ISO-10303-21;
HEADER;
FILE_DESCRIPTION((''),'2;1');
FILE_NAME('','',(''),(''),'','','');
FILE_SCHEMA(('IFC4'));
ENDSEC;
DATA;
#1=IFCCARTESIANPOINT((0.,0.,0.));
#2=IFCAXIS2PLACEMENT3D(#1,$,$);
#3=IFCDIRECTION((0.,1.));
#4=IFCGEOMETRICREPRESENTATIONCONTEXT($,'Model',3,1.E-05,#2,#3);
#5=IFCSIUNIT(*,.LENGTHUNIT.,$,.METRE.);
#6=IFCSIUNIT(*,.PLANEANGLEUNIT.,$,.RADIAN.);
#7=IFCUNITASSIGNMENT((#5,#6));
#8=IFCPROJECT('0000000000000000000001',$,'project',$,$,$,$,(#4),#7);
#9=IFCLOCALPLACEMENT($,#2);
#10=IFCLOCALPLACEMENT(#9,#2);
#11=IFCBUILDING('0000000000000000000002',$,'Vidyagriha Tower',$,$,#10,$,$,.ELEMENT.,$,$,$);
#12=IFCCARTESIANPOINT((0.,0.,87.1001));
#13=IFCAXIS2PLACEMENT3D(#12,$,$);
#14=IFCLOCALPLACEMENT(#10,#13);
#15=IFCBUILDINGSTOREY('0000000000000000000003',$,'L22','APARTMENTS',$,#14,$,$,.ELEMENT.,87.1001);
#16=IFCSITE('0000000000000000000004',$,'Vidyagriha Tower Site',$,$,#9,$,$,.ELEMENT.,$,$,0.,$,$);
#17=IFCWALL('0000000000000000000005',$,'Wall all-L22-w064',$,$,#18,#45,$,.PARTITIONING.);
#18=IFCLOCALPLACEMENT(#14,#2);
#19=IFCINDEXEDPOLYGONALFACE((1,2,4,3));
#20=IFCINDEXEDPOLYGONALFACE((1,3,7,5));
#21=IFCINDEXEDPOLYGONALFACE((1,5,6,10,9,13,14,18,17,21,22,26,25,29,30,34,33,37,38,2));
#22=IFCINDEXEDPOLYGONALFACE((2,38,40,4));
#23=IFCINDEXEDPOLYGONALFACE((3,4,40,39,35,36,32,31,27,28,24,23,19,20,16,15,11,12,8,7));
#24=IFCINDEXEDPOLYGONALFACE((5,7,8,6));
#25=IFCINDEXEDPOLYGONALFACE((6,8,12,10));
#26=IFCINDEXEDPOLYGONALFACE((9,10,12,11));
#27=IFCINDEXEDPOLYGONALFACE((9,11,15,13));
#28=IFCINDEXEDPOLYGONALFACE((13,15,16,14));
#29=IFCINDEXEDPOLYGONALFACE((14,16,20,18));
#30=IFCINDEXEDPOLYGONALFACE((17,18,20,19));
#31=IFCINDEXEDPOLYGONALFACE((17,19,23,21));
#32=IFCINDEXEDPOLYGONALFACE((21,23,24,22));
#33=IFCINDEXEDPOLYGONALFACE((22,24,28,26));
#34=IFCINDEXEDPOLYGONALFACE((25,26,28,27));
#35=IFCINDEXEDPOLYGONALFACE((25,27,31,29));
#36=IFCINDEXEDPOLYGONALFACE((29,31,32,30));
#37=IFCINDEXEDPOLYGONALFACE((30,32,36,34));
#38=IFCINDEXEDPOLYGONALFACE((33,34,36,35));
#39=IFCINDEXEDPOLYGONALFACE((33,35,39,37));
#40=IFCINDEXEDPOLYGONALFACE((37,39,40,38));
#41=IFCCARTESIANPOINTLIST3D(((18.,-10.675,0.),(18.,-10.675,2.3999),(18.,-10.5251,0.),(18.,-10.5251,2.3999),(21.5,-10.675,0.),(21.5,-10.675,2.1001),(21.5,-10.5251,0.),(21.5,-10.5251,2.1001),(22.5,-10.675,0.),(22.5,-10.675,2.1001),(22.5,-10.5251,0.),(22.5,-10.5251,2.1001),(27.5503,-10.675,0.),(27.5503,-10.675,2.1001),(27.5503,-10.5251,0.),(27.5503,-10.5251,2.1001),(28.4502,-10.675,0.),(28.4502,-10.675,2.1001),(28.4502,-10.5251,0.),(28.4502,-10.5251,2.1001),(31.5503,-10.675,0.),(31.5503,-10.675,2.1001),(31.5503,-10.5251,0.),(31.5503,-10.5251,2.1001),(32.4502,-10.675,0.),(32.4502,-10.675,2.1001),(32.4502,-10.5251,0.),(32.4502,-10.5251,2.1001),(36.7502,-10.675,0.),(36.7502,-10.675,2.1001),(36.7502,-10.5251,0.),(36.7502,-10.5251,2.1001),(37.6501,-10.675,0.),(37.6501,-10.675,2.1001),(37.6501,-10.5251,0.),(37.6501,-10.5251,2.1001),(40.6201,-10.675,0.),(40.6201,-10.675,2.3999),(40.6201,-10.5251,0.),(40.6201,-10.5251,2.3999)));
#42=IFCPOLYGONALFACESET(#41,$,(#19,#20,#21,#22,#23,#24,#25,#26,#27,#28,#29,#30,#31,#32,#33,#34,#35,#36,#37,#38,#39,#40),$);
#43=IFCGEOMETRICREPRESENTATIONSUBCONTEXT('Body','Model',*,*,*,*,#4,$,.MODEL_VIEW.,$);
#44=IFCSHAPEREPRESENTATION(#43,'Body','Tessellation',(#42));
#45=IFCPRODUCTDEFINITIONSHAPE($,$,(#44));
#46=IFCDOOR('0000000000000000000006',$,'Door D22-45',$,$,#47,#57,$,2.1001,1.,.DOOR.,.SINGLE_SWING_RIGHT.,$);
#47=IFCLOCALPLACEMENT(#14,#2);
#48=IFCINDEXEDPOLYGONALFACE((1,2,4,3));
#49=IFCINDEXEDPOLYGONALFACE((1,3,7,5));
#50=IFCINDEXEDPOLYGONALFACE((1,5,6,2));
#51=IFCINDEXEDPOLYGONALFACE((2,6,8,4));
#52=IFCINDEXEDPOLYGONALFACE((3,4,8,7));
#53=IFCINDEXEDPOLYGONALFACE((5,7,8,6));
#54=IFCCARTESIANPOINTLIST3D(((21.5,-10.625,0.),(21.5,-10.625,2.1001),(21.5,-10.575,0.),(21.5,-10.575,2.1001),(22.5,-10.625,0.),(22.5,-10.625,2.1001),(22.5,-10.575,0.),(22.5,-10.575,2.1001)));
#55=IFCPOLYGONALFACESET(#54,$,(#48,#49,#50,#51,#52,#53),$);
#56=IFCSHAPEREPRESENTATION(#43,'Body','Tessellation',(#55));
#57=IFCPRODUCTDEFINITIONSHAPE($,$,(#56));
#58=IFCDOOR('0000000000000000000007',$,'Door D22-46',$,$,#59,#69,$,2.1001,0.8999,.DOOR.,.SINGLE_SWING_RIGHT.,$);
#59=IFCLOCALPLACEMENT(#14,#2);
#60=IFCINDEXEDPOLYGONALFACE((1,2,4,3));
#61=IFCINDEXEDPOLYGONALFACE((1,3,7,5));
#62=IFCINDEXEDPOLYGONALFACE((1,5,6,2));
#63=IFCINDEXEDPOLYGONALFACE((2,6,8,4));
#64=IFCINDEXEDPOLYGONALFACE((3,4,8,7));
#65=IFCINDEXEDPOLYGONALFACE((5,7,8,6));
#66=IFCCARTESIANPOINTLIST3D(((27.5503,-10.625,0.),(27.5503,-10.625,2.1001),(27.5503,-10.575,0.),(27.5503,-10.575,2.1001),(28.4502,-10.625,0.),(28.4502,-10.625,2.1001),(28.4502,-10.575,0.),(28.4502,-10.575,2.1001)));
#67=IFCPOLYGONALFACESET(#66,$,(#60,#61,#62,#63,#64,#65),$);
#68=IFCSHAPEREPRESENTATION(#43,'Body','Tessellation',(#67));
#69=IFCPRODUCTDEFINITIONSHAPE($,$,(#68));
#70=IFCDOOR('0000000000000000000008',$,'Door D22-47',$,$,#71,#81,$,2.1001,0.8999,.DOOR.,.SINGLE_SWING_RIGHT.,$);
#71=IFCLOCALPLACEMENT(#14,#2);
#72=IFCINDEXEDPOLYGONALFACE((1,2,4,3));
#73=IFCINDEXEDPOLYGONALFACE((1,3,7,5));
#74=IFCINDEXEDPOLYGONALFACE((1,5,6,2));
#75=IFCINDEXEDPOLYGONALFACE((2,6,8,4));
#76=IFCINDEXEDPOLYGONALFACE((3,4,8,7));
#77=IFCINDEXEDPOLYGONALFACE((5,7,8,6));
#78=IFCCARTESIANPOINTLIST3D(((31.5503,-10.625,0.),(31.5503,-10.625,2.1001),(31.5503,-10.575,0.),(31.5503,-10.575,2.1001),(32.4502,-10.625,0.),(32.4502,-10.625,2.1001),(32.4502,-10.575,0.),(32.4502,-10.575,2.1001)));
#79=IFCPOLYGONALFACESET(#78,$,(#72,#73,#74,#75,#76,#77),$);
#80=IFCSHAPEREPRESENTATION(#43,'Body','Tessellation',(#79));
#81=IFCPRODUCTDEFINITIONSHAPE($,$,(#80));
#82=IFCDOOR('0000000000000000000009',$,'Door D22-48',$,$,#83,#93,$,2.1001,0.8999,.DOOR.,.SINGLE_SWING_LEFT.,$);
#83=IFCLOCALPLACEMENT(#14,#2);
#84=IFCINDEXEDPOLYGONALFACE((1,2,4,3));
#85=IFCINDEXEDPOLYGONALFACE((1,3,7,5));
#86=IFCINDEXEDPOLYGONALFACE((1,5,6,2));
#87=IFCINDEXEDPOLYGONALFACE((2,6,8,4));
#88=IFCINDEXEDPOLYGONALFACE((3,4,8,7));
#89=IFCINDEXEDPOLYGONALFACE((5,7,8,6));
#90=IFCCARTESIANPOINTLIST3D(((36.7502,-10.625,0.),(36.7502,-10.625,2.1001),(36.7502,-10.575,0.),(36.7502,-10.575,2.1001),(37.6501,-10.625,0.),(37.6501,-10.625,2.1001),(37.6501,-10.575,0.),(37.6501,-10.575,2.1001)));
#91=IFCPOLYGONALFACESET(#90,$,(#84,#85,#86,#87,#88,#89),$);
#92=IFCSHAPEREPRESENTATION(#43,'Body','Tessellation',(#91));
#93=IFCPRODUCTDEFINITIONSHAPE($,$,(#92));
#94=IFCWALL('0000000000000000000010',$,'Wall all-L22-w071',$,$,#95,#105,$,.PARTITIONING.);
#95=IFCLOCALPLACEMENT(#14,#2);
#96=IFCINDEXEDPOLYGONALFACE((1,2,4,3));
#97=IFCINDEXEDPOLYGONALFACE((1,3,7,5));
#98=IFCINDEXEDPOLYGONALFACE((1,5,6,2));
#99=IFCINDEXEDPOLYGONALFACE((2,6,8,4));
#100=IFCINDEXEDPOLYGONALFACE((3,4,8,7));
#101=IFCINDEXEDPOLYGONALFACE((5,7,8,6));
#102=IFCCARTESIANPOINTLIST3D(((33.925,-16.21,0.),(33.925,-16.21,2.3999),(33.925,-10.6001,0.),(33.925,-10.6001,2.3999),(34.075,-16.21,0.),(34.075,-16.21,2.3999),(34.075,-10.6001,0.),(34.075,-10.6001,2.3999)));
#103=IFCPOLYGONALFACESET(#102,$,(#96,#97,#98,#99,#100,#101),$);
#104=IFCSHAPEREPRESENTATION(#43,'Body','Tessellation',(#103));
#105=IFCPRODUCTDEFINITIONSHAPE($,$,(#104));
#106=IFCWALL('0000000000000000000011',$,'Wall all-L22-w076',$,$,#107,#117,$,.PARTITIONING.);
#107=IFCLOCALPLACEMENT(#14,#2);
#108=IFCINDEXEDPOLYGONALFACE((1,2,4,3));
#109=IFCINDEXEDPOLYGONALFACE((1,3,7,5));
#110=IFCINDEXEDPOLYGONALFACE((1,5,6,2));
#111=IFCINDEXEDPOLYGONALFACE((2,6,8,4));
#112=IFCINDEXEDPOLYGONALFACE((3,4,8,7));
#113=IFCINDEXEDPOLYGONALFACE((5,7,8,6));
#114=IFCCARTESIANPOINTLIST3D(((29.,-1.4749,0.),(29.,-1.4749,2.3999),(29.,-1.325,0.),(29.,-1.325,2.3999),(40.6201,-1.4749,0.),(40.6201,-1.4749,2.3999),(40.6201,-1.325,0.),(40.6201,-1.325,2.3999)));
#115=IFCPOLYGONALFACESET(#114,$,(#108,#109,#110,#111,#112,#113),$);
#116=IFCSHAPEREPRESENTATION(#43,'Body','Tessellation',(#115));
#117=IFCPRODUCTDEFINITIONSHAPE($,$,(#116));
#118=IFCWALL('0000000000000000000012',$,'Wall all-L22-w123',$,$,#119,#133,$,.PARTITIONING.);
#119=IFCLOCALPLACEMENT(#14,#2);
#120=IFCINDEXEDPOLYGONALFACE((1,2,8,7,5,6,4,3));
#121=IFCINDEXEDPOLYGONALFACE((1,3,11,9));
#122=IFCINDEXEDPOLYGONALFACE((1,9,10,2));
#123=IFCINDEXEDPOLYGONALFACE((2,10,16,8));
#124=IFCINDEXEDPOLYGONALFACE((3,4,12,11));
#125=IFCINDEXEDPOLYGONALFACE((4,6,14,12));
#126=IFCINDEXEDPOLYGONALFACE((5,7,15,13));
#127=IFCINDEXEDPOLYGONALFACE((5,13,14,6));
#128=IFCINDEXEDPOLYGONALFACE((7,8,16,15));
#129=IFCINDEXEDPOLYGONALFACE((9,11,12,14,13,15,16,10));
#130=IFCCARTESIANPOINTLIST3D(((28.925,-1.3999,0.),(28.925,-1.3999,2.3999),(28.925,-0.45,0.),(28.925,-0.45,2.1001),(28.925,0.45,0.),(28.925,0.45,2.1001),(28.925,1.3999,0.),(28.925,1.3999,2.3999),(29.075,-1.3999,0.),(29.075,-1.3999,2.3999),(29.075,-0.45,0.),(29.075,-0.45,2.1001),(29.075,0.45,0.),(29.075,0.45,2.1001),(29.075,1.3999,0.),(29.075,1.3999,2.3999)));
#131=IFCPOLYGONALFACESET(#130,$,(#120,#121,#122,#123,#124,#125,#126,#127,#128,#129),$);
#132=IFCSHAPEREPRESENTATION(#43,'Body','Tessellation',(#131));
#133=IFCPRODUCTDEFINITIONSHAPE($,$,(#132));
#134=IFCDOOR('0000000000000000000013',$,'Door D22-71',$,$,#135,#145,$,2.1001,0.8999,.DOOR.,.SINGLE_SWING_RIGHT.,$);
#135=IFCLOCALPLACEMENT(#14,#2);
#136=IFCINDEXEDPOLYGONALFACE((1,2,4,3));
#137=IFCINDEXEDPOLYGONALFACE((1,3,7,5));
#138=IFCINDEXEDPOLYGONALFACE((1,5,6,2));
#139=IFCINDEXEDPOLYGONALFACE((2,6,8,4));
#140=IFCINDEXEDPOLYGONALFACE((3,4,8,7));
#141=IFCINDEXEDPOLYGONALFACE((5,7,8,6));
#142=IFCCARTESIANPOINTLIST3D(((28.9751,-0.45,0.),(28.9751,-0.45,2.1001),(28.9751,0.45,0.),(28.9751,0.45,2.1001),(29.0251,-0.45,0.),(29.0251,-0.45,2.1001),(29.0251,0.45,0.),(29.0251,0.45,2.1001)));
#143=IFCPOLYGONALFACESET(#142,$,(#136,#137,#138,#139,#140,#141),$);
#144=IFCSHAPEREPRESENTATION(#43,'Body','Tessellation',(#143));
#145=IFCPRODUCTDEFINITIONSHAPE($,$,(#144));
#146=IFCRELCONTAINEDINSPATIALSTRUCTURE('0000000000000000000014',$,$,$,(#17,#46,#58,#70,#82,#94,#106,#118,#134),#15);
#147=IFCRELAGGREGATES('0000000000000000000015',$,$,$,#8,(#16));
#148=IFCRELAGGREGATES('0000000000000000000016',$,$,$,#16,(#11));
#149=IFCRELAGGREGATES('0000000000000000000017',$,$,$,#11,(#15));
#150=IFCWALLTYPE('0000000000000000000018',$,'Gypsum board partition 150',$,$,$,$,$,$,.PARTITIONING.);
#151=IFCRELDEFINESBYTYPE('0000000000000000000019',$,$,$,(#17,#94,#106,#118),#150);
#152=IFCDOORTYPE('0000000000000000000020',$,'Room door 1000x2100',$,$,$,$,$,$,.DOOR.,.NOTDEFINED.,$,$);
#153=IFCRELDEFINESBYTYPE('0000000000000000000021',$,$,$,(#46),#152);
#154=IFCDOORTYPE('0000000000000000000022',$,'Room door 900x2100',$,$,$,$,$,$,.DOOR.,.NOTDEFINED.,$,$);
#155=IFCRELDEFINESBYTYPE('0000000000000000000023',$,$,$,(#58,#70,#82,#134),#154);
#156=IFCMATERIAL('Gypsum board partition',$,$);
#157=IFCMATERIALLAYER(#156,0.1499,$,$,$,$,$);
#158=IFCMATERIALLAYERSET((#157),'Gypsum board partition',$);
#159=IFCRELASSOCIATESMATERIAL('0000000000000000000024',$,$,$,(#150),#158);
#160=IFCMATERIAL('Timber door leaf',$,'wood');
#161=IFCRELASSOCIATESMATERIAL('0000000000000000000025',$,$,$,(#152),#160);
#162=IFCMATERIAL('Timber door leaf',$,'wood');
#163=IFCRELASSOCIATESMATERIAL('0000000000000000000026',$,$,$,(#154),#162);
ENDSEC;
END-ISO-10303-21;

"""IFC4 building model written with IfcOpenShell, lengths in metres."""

from ifc_helpers import new_model, si_unit, direction, frame, frame_2d, origin, place, context, subcontext, project, spatial, rectangle, extrude, material, layer, layer_set, type_object, element, fill, save


model = new_model("IFC4")

# Units and contexts
model_context = context("Model", 3, precision=1e-05, world=origin(), true_north=direction((0.0, 1.0)))
body_context = subcontext(model_context, "Body", "Model", "MODEL_VIEW")
ifc_project = project(units=[si_unit("LENGTHUNIT", "METRE"), si_unit("PLANEANGLEUNIT", "RADIAN")], contexts=[model_context])

# Site, building, storey
site_placement = place(None, origin())
site = spatial("IfcSite", under=ifc_project, at=site_placement, Name="Vidyagriha Tower Site", CompositionType="ELEMENT", RefElevation=0.0)
building_placement = place(site_placement, origin())
building = spatial("IfcBuilding", under=site, at=building_placement, Name="Vidyagriha Tower", CompositionType="ELEMENT")
storey_placement = place(building_placement, frame((0.0, 0.0, 87.1001)))
storey = spatial("IfcBuildingStorey", under=building, at=storey_placement, Name="L22", Description="APARTMENTS", CompositionType="ELEMENT", Elevation=87.1001)

# Shared definitions
ifc_material_1 = material(Name="Gypsum board partition")
ifc_layer_1 = layer(ifc_material_1, 0.1499)
ifc_layer_set_1 = layer_set([ifc_layer_1], Name="Gypsum board partition")
wall_type_1 = type_object("IfcWallType", Name="Gypsum board partition 150", PredefinedType="PARTITIONING", material=ifc_layer_set_1)

# Wall, openings, doors
wall_1_placement = place(storey_placement, frame((40.6201, -10.6001, 0.0), z_axis=(0.0, 0.0, 1.0), x_axis=(-1.0, 0.0, 0.0)))
wall_1 = element("IfcWall", 1, at=wall_1_placement, inside=storey, type_object=wall_type_1, Name="Wall all-L22-w064", PredefinedType="PARTITIONING", context=body_context, shape_type="SweptSolid", body=[
    extrude(rectangle(XDim=22.6201, YDim=0.1499, at=frame_2d((11.3101, 0.0))), origin(), (0.0, 0.0, 1.0), 2.3999),
])
opening_1_placement = place(wall_1_placement, frame((18.1201, 0.0, 0.0)))
opening_1 = element("IfcOpeningElement", 2, at=opening_1_placement, cuts=wall_1, PredefinedType="OPENING", context=body_context, shape_type="SweptSolid", body=[
    extrude(rectangle(XDim=1.0, YDim=2.1001, at=frame_2d((0.5, 1.05))), frame((0.0, 0.085, 0.0), z_axis=(0.0, -1.0, 0.0), x_axis=(1.0, 0.0, 0.0)), (0.0, 0.0, 1.0), 0.1699),
])
opening_2_placement = place(wall_1_placement, frame((12.1699, 0.0, 0.0)))
opening_2 = element("IfcOpeningElement", 3, at=opening_2_placement, cuts=wall_1, PredefinedType="OPENING", context=body_context, shape_type="SweptSolid", body=[
    extrude(rectangle(XDim=0.8999, YDim=2.1001, at=frame_2d((0.45, 1.05))), frame((0.0, 0.085, 0.0), z_axis=(0.0, -1.0, 0.0), x_axis=(1.0, 0.0, 0.0)), (0.0, 0.0, 1.0), 0.1699),
])
opening_3_placement = place(wall_1_placement, frame((8.1699, 0.0, 0.0)))
opening_3 = element("IfcOpeningElement", 4, at=opening_3_placement, cuts=wall_1, PredefinedType="OPENING", context=body_context, shape_type="SweptSolid", body=[
    extrude(rectangle(XDim=0.8999, YDim=2.1001, at=frame_2d((0.45, 1.05))), frame((0.0, 0.085, 0.0), z_axis=(0.0, -1.0, 0.0), x_axis=(1.0, 0.0, 0.0)), (0.0, 0.0, 1.0), 0.1699),
])
opening_4_placement = place(wall_1_placement, frame((2.97, 0.0, 0.0)))
opening_4 = element("IfcOpeningElement", 5, at=opening_4_placement, cuts=wall_1, PredefinedType="OPENING", context=body_context, shape_type="SweptSolid", body=[
    extrude(rectangle(XDim=0.8999, YDim=2.1001, at=frame_2d((0.45, 1.05))), frame((0.0, 0.085, 0.0), z_axis=(0.0, -1.0, 0.0), x_axis=(1.0, 0.0, 0.0)), (0.0, 0.0, 1.0), 0.1699),
])
ifc_material_2 = material(Name="Timber door leaf", Category="wood")
door_type_1 = type_object("IfcDoorType", Name="Room door 1000x2100", OperationType="NOTDEFINED", PredefinedType="DOOR", material=ifc_material_2)
door_1_placement = place(opening_1_placement, origin())
door_1 = element("IfcDoor", 6, at=door_1_placement, inside=storey, type_object=door_type_1, Name="Door D22-45", OperationType="SINGLE_SWING_RIGHT", OverallHeight=2.1001, OverallWidth=1.0, PredefinedType="DOOR", context=body_context, shape_type="SweptSolid", body=[
    extrude(rectangle(XDim=1.0, YDim=2.1001, at=frame_2d((0.5, 1.05))), frame((0.0, 0.0249, 0.0), z_axis=(0.0, -1.0, 0.0), x_axis=(1.0, 0.0, 0.0)), (0.0, 0.0, 1.0), 0.05),
])
fill(opening_1, door_1)
ifc_material_3 = material(Name="Timber door leaf", Category="wood")
door_type_2 = type_object("IfcDoorType", Name="Room door 900x2100", OperationType="NOTDEFINED", PredefinedType="DOOR", material=ifc_material_3)
door_2_placement = place(opening_2_placement, origin())
door_2 = element("IfcDoor", 7, at=door_2_placement, inside=storey, type_object=door_type_2, Name="Door D22-46", OperationType="SINGLE_SWING_RIGHT", OverallHeight=2.1001, OverallWidth=0.8999, PredefinedType="DOOR", context=body_context, shape_type="SweptSolid", body=[
    extrude(rectangle(XDim=0.8999, YDim=2.1001, at=frame_2d((0.45, 1.05))), frame((0.0, 0.0249, 0.0), z_axis=(0.0, -1.0, 0.0), x_axis=(1.0, 0.0, 0.0)), (0.0, 0.0, 1.0), 0.05),
])
fill(opening_2, door_2)
door_3_placement = place(opening_3_placement, origin())
door_3 = element("IfcDoor", 8, at=door_3_placement, inside=storey, type_object=door_type_2, Name="Door D22-47", OperationType="SINGLE_SWING_RIGHT", OverallHeight=2.1001, OverallWidth=0.8999, PredefinedType="DOOR", context=body_context, shape_type="SweptSolid", body=[
    extrude(rectangle(XDim=0.8999, YDim=2.1001, at=frame_2d((0.45, 1.05))), frame((0.0, 0.0249, 0.0), z_axis=(0.0, -1.0, 0.0), x_axis=(1.0, 0.0, 0.0)), (0.0, 0.0, 1.0), 0.05),
])
fill(opening_3, door_3)
door_4_placement = place(opening_4_placement, origin())
door_4 = element("IfcDoor", 9, at=door_4_placement, inside=storey, type_object=door_type_2, Name="Door D22-48", OperationType="SINGLE_SWING_LEFT", OverallHeight=2.1001, OverallWidth=0.8999, PredefinedType="DOOR", context=body_context, shape_type="SweptSolid", body=[
    extrude(rectangle(XDim=0.8999, YDim=2.1001, at=frame_2d((0.45, 1.05))), frame((0.0, 0.0249, 0.0), z_axis=(0.0, -1.0, 0.0), x_axis=(1.0, 0.0, 0.0)), (0.0, 0.0, 1.0), 0.05),
])
fill(opening_4, door_4)

# Walls
wall_2_placement = place(storey_placement, frame((34.0, -10.6001, 0.0), z_axis=(0.0, 0.0, 1.0), x_axis=(0.0, -1.0, 0.0)))
element("IfcWall", 10, at=wall_2_placement, inside=storey, type_object=wall_type_1, Name="Wall all-L22-w071", PredefinedType="PARTITIONING", context=body_context, shape_type="SweptSolid", body=[
    extrude(rectangle(XDim=5.6099, YDim=0.1499, at=frame_2d((2.8049, 0.0))), origin(), (0.0, 0.0, 1.0), 2.3999),
])
wall_3_placement = place(storey_placement, frame((40.6201, -1.3999, 0.0), z_axis=(0.0, 0.0, 1.0), x_axis=(-1.0, 0.0, 0.0)))
element("IfcWall", 11, at=wall_3_placement, inside=storey, type_object=wall_type_1, Name="Wall all-L22-w076", PredefinedType="PARTITIONING", context=body_context, shape_type="SweptSolid", body=[
    extrude(rectangle(XDim=11.6201, YDim=0.1499, at=frame_2d((5.8101, 0.0))), origin(), (0.0, 0.0, 1.0), 2.3999),
])

# Wall, opening, door
wall_4_placement = place(storey_placement, frame((29.0, -1.3999, 0.0), z_axis=(0.0, 0.0, 1.0), x_axis=(0.0, 1.0, 0.0)))
wall_4 = element("IfcWall", 12, at=wall_4_placement, inside=storey, type_object=wall_type_1, Name="Wall all-L22-w123", PredefinedType="PARTITIONING", context=body_context, shape_type="SweptSolid", body=[
    extrude(rectangle(XDim=2.7998, YDim=0.1499, at=frame_2d((1.3999, 0.0))), origin(), (0.0, 0.0, 1.0), 2.3999),
])
opening_5_placement = place(wall_4_placement, frame((0.95, 0.0, 0.0)))
opening_5 = element("IfcOpeningElement", 13, at=opening_5_placement, cuts=wall_4, PredefinedType="OPENING", context=body_context, shape_type="SweptSolid", body=[
    extrude(rectangle(XDim=0.8999, YDim=2.1001, at=frame_2d((0.45, 1.05))), frame((0.0, 0.085, 0.0), z_axis=(0.0, -1.0, 0.0), x_axis=(1.0, 0.0, 0.0)), (0.0, 0.0, 1.0), 0.1699),
])
door_5_placement = place(opening_5_placement, origin())
door_5 = element("IfcDoor", 14, at=door_5_placement, inside=storey, type_object=door_type_2, Name="Door D22-71", OperationType="SINGLE_SWING_RIGHT", OverallHeight=2.1001, OverallWidth=0.8999, PredefinedType="DOOR", context=body_context, shape_type="SweptSolid", body=[
    extrude(rectangle(XDim=0.8999, YDim=2.1001, at=frame_2d((0.45, 1.05))), frame((0.0, 0.0249, 0.0), z_axis=(0.0, -1.0, 0.0), x_axis=(1.0, 0.0, 0.0)), (0.0, 0.0, 1.0), 0.05),
])
fill(opening_5, door_5)

save(model, "model.ifc")
